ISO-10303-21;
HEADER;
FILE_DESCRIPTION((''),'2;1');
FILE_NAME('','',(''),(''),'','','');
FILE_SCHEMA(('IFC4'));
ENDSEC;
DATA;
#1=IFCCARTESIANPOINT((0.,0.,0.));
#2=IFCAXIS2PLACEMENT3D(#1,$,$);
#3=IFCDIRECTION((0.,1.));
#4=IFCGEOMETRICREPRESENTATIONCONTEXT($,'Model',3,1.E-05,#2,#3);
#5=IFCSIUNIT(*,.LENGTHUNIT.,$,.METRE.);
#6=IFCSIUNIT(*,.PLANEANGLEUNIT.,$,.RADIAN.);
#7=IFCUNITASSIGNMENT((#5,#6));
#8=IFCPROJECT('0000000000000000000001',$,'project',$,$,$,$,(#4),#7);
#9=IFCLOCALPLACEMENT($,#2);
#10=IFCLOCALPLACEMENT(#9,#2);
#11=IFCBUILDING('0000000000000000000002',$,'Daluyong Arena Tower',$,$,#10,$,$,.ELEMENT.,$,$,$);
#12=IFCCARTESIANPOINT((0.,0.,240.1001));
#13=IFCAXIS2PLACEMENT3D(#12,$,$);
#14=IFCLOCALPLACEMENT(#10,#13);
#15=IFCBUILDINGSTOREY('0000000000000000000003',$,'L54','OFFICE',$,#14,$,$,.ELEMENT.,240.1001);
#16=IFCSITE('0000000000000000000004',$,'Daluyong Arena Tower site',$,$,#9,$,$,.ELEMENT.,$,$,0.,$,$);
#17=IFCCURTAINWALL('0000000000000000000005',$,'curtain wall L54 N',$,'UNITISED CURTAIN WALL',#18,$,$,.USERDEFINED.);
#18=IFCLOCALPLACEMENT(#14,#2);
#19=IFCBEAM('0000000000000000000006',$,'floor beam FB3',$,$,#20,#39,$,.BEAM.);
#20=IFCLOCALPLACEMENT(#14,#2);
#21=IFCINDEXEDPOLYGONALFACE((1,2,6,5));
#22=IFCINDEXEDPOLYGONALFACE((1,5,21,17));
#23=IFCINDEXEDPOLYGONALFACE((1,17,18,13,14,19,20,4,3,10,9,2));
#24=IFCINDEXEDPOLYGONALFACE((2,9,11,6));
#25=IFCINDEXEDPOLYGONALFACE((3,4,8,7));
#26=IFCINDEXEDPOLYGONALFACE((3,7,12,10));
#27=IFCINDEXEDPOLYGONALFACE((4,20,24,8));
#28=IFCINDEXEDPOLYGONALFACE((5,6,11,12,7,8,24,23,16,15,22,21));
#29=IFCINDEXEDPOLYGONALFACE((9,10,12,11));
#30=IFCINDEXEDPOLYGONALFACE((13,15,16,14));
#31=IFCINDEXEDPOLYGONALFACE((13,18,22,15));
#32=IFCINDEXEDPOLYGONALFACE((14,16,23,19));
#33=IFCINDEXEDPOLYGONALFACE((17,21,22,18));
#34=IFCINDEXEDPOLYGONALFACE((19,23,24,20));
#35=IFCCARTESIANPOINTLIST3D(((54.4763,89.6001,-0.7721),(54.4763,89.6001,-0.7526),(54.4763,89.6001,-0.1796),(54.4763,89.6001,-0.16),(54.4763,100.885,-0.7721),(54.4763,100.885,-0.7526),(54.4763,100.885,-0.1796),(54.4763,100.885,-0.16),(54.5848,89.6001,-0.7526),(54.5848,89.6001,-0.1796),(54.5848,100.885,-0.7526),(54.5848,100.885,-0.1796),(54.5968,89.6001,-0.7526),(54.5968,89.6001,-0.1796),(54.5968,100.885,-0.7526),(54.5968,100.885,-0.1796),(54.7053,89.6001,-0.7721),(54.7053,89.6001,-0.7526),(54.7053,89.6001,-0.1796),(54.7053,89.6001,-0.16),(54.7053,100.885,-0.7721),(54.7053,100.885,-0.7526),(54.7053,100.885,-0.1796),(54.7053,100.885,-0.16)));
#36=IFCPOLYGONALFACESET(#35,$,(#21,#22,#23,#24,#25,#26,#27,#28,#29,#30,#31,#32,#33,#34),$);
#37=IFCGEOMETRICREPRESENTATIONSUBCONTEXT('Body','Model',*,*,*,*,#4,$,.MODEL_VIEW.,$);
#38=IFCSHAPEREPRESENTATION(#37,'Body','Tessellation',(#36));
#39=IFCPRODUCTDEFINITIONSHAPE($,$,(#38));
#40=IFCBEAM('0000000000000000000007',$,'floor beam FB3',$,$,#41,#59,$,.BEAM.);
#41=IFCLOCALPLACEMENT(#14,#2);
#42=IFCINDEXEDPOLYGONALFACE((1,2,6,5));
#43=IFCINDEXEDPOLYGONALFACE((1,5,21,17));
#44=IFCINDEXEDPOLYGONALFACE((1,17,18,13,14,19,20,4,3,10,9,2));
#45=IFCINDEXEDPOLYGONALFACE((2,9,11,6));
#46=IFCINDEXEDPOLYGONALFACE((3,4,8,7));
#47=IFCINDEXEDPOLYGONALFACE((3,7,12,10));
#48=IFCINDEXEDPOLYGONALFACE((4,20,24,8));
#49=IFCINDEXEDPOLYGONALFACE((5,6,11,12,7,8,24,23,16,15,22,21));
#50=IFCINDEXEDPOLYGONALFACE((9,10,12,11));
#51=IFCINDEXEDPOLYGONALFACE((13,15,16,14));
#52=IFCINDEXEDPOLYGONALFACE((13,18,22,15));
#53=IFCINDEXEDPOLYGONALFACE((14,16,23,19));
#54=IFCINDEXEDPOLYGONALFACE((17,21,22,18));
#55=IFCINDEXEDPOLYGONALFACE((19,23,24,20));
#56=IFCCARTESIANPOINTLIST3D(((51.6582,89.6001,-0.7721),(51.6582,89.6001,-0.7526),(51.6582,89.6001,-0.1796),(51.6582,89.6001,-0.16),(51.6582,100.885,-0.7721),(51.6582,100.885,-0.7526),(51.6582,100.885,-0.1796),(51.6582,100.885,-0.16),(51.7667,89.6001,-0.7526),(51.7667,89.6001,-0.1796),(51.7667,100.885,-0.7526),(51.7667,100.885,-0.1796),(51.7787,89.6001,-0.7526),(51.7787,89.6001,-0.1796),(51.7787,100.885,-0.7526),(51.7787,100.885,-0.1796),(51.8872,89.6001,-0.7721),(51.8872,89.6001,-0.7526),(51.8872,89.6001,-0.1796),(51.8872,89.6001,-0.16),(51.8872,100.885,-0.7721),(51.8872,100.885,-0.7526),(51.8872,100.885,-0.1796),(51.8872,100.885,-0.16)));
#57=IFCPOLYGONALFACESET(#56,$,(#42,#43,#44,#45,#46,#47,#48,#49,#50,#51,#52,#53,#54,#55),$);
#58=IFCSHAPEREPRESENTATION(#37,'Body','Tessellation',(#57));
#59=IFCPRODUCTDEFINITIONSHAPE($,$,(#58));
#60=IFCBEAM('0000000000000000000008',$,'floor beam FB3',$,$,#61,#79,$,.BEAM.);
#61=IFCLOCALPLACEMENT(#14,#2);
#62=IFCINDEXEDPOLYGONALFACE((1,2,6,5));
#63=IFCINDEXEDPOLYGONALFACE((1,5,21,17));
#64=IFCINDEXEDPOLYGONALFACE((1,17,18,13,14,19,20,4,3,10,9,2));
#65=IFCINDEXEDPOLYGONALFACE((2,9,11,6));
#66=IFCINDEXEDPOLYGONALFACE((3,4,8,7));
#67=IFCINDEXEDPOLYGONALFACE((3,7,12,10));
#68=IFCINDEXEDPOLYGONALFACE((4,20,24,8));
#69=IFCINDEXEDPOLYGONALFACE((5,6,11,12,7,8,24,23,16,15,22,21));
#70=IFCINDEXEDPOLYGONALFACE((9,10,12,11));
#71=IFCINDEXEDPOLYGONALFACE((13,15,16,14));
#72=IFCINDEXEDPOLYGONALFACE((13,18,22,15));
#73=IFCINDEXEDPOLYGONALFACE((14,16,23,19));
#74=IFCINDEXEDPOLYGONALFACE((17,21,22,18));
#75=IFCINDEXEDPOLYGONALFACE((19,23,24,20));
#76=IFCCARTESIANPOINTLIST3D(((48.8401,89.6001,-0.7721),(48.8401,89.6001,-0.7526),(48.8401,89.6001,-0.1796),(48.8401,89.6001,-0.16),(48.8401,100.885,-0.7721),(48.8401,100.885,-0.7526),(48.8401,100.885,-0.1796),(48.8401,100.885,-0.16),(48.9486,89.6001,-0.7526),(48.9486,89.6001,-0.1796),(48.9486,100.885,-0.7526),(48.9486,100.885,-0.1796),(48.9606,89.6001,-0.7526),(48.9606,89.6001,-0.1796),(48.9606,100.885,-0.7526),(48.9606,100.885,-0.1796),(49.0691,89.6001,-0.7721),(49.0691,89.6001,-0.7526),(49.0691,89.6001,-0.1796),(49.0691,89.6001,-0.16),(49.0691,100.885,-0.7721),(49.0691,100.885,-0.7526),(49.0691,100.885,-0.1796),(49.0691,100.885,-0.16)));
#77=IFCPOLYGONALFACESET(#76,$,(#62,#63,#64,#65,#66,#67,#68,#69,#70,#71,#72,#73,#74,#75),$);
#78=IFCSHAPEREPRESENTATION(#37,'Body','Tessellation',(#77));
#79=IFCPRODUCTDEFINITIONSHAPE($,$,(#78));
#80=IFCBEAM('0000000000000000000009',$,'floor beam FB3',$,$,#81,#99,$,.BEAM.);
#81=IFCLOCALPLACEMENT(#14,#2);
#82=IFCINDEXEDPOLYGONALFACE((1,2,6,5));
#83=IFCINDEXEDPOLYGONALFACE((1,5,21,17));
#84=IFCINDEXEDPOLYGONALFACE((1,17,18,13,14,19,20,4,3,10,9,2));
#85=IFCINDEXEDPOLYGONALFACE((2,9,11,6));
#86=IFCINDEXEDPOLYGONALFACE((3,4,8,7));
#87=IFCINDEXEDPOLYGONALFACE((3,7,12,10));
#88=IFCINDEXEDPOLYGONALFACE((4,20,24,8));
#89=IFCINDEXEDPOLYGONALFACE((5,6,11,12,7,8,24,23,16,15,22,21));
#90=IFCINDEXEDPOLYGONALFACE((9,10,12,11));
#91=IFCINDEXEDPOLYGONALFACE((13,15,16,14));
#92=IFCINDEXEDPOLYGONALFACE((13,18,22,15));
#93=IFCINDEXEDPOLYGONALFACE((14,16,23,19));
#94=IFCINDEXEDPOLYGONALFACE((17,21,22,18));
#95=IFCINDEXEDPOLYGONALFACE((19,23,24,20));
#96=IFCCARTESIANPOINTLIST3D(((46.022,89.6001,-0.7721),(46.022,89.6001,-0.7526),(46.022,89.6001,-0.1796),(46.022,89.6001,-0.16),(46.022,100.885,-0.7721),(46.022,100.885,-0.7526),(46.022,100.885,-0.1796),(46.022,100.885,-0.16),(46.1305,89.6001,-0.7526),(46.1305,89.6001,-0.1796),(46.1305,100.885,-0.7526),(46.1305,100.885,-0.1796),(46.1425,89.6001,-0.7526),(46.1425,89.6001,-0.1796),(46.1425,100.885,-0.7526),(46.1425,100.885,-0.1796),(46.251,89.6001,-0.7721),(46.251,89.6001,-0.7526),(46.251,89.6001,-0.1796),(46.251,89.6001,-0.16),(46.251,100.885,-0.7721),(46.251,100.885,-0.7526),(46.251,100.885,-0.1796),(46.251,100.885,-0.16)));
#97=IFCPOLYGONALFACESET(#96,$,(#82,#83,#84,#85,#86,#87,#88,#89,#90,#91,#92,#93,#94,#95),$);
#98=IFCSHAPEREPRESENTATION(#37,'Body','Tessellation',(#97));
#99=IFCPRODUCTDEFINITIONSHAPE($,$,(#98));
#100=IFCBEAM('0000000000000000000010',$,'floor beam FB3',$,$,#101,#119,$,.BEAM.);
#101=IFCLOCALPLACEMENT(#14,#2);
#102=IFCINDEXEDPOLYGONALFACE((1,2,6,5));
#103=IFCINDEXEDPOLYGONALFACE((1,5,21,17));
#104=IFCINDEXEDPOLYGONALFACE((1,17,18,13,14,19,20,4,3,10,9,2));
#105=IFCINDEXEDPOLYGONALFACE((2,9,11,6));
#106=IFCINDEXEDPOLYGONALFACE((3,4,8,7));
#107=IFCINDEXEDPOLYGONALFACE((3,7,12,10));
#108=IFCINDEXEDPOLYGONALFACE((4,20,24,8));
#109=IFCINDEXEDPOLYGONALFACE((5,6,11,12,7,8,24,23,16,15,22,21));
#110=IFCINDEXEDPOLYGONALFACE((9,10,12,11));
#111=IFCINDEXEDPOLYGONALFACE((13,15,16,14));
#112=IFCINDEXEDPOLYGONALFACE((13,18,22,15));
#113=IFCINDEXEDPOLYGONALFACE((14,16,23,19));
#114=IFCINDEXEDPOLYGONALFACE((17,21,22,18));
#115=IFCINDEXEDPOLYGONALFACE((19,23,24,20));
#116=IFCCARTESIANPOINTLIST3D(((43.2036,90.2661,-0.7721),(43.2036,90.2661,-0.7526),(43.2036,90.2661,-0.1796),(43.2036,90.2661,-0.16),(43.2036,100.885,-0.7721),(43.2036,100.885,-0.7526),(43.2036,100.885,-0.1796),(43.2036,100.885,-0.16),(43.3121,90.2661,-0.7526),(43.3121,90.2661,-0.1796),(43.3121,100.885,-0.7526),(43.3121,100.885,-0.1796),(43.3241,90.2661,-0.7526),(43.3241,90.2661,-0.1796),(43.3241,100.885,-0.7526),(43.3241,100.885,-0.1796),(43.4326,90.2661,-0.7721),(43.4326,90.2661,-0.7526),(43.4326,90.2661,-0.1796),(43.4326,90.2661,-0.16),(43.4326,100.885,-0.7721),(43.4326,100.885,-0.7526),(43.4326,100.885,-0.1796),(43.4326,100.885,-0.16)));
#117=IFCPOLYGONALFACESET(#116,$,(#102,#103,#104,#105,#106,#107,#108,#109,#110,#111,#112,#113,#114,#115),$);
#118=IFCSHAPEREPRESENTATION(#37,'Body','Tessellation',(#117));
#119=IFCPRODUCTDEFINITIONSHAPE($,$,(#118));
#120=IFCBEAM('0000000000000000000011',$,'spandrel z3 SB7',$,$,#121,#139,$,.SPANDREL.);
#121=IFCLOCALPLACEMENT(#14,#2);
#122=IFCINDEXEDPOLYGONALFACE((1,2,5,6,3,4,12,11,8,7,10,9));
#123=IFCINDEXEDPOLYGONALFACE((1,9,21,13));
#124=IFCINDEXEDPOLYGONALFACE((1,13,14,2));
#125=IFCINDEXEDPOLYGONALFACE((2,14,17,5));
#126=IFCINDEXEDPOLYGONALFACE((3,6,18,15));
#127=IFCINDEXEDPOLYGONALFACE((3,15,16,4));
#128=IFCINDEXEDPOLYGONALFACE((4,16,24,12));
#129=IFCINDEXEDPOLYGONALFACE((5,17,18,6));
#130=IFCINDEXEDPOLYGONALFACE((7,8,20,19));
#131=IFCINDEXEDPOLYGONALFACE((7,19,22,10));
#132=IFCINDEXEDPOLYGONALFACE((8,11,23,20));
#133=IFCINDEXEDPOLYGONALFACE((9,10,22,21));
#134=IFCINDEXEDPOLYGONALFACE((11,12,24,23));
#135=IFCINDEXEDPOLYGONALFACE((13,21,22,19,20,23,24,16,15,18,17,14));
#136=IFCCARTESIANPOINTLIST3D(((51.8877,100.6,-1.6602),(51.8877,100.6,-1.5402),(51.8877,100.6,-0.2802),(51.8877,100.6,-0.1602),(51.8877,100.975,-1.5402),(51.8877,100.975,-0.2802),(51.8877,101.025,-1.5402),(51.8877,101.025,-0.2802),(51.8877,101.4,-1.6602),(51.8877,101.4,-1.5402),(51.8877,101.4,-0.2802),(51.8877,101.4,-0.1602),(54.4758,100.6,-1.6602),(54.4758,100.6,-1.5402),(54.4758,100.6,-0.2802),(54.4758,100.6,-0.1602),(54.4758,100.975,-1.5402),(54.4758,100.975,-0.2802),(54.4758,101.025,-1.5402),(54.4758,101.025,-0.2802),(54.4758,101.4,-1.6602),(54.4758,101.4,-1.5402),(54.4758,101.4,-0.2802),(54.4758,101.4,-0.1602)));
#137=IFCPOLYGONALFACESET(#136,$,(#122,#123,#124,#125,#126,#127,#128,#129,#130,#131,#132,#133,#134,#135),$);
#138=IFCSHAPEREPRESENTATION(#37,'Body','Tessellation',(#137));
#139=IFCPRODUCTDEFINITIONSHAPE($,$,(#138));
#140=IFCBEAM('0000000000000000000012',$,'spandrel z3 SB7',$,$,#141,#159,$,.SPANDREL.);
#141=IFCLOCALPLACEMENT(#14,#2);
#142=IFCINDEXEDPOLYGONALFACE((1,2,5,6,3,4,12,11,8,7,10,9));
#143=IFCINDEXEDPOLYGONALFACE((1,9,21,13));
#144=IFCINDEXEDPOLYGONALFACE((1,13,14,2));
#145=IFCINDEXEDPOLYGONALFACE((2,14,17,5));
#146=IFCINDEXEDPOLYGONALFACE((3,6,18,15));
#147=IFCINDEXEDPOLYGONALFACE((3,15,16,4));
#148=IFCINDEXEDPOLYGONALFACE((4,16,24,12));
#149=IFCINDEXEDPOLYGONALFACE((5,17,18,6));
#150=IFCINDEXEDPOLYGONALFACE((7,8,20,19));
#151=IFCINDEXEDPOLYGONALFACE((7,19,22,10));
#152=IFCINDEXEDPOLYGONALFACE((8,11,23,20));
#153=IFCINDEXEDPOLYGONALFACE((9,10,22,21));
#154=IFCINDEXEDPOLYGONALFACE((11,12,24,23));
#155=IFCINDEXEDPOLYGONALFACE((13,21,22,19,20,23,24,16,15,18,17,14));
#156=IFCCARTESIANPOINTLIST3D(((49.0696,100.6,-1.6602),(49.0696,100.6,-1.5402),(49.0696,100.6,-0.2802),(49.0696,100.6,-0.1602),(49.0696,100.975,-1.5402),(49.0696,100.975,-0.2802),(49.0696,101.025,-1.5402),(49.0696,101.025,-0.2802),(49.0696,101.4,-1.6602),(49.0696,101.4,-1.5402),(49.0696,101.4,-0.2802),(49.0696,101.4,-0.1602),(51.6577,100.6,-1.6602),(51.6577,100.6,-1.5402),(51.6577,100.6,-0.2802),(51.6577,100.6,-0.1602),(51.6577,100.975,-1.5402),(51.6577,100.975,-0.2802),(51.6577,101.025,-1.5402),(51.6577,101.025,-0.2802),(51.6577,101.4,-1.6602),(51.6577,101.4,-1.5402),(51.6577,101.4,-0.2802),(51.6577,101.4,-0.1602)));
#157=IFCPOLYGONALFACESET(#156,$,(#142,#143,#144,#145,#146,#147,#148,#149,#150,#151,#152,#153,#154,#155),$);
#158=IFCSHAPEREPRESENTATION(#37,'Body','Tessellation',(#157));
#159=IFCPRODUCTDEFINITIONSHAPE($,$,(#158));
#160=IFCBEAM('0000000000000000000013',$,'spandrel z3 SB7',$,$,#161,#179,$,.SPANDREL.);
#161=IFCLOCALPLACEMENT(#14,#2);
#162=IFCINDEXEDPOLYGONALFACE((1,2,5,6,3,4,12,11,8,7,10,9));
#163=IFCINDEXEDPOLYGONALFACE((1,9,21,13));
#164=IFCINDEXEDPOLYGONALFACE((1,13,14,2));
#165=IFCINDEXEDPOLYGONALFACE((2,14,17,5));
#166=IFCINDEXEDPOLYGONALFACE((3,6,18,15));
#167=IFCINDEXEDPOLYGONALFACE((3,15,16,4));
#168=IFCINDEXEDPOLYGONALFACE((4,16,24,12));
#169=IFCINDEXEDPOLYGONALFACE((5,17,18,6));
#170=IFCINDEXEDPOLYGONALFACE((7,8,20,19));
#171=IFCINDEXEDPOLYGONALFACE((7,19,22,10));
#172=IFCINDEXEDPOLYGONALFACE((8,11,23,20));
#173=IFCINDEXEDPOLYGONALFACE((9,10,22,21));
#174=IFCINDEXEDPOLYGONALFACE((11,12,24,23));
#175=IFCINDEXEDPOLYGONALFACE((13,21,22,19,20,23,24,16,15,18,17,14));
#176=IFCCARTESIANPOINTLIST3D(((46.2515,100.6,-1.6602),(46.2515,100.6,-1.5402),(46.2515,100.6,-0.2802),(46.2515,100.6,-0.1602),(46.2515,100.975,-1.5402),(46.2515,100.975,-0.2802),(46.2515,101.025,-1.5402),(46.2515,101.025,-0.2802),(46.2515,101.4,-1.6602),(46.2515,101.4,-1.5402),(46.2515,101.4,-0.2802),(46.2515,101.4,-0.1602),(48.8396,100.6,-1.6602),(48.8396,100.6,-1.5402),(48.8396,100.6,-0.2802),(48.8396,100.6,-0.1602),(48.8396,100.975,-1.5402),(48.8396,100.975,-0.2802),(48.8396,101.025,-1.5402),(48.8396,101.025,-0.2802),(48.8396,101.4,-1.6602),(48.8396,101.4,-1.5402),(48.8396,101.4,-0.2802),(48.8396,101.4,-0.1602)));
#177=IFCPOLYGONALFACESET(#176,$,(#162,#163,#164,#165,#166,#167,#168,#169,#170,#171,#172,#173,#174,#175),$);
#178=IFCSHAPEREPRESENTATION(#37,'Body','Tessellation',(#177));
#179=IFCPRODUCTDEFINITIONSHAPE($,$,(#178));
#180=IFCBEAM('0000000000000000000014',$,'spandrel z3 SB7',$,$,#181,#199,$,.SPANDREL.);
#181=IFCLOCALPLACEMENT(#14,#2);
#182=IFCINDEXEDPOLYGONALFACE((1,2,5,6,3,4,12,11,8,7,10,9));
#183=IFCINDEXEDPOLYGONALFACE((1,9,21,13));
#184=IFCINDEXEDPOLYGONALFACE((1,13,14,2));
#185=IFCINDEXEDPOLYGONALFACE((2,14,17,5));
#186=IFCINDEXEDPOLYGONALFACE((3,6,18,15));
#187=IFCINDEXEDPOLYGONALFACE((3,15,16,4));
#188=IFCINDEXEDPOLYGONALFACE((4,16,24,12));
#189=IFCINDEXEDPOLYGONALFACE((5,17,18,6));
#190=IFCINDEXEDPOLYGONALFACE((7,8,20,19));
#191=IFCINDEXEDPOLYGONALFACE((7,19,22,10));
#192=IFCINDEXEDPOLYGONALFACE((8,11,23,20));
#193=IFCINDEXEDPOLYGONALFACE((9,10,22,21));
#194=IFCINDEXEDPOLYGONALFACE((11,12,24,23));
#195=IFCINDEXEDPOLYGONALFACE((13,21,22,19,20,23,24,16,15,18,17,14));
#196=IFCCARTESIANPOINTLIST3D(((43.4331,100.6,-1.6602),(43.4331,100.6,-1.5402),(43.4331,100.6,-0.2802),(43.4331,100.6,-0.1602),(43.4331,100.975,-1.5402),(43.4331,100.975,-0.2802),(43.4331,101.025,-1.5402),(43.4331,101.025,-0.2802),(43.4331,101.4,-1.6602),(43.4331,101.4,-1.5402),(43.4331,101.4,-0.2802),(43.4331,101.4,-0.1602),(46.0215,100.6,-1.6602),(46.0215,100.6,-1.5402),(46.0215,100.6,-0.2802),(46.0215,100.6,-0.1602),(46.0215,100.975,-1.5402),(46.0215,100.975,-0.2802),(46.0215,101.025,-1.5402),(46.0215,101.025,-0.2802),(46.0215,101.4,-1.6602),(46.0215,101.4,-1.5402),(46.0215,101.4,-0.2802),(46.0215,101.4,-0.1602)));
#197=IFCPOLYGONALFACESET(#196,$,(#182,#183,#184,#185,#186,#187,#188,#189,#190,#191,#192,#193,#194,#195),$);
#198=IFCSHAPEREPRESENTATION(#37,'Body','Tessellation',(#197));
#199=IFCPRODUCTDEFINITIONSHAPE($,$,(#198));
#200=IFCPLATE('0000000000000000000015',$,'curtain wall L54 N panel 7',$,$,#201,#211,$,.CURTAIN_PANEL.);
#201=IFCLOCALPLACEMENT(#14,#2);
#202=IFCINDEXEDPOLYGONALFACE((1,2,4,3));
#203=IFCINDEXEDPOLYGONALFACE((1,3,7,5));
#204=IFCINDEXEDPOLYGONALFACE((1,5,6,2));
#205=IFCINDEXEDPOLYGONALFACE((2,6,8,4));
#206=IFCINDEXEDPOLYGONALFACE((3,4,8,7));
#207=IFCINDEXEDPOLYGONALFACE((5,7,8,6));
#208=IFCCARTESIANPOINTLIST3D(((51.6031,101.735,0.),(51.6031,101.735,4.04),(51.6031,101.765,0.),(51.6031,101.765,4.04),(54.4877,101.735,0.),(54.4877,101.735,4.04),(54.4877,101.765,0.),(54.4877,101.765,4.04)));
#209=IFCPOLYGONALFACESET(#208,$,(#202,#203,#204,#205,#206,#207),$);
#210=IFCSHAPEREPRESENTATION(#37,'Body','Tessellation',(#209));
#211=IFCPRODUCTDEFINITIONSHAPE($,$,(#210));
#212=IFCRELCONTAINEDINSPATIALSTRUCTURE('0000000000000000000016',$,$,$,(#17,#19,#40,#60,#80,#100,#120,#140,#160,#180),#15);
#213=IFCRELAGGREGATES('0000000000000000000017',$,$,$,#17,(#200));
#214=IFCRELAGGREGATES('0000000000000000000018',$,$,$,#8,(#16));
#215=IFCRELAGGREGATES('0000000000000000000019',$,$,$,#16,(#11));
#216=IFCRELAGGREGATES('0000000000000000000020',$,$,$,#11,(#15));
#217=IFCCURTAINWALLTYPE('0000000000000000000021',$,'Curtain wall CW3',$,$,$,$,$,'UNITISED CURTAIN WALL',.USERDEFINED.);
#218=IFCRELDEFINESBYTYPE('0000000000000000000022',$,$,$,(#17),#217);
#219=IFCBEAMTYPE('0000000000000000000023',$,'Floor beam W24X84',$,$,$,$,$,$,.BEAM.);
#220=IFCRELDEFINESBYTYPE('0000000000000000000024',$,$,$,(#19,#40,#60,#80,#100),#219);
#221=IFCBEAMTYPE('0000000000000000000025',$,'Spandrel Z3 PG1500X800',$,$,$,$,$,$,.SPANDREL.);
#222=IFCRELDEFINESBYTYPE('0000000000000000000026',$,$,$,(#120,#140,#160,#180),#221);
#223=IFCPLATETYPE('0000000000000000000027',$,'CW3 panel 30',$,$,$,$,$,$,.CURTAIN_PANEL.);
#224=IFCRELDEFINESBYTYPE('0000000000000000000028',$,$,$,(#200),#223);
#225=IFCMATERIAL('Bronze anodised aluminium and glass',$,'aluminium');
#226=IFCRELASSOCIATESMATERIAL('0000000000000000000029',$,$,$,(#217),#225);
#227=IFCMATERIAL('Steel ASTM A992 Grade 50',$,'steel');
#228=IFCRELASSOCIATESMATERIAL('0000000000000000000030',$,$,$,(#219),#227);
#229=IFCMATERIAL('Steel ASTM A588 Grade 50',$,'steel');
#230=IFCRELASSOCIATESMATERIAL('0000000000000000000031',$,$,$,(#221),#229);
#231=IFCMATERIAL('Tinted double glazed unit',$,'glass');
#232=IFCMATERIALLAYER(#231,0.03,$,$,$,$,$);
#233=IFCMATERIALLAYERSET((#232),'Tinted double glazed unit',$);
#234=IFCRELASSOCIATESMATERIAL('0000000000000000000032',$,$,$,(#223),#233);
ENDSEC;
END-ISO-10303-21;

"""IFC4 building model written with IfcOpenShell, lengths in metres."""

from ifc_helpers import new_model, si_unit, direction, frame, origin, origin_2d, place, context, subcontext, project, spatial, rectangle, i_section, extrude, material, layer, layer_set, material_profile, profile_set, type_object, element, aggregate, save


model = new_model("IFC4")

# Units and contexts
model_context = context("Model", 3, precision=1e-05, world=origin(), true_north=direction((0.0, 1.0)))
body_context = subcontext(model_context, "Body", "Model", "MODEL_VIEW")
ifc_project = project(units=[si_unit("LENGTHUNIT", "METRE"), si_unit("PLANEANGLEUNIT", "RADIAN")], contexts=[model_context])

# Site, building, storey
site_placement = place(None, origin())
site = spatial("IfcSite", under=ifc_project, at=site_placement, Name="Daluyong Arena Tower site", CompositionType="ELEMENT", RefElevation=0.0)
building_placement = place(site_placement, origin())
building = spatial("IfcBuilding", under=site, at=building_placement, Name="Daluyong Arena Tower", CompositionType="ELEMENT")
storey_placement = place(building_placement, frame((0.0, 0.0, 240.1001)))
storey = spatial("IfcBuildingStorey", under=building, at=storey_placement, Name="L54", Description="OFFICE", CompositionType="ELEMENT", Elevation=240.1001)

# Curtain wall
ifc_material_1 = material(Name="Bronze anodised aluminium and glass", Category="aluminium")
curtain_wall_type = type_object("IfcCurtainWallType", Name="Curtain wall CW3", ElementType="UNITISED CURTAIN WALL", PredefinedType="USERDEFINED", material=ifc_material_1)
curtain_wall_placement = place(storey_placement, origin())
curtain_wall = element("IfcCurtainWall", 1, at=curtain_wall_placement, inside=storey, type_object=curtain_wall_type, Name="curtain wall L54 N", ObjectType="UNITISED CURTAIN WALL", PredefinedType="USERDEFINED")

# Beams
ifc_material_2 = material(Name="Steel ASTM A992 Grade 50", Category="steel")
ifc_material_profile_1 = material_profile(ifc_material_2, i_section(OverallWidth=0.229, OverallDepth=0.6121, WebThickness=0.012, FlangeThickness=0.0195, at=origin_2d()))
ifc_profile_set_1 = profile_set([ifc_material_profile_1], Name="Steel ASTM A992 Grade 50")
beam_type_1 = type_object("IfcBeamType", Name="Floor beam W24X84", PredefinedType="BEAM", material=ifc_profile_set_1)
for number, where, z_axis, x_axis, name in (
    (2, (54.5908, 100.885, -0.4661), (0.0, -1.0, 0.0), (1.0, 0.0, 0.0), "floor beam FB3"),
    (3, (51.7727, 100.885, -0.4661), (0.0, -1.0, 0.0), (1.0, 0.0, 0.0), "floor beam FB3"),
    (4, (48.9546, 100.885, -0.4661), (0.0, -1.0, 0.0), (1.0, 0.0, 0.0), "floor beam FB3"),
    (5, (46.1365, 100.885, -0.4661), (0.0, -1.0, 0.0), (1.0, 0.0, 0.0), "floor beam FB3"),
):
    element("IfcBeam", number, at=place(storey_placement, frame(where, z_axis=z_axis, x_axis=x_axis)), inside=storey, type_object=beam_type_1, Name=name, PredefinedType="BEAM", context=body_context, shape_type="SweptSolid", body=[
        extrude(i_section(OverallWidth=0.229, OverallDepth=0.6121, WebThickness=0.012, FlangeThickness=0.0195, at=origin_2d()), origin(), (0.0, 0.0, 1.0), 11.2849),
    ])
beam_1_placement = place(storey_placement, frame((43.3181, 100.885, -0.4661), z_axis=(0.0, -1.0, 0.0), x_axis=(1.0, 0.0, 0.0)))
element("IfcBeam", 6, at=beam_1_placement, inside=storey, type_object=beam_type_1, Name="floor beam FB3", PredefinedType="BEAM", context=body_context, shape_type="SweptSolid", body=[
    extrude(i_section(OverallWidth=0.229, OverallDepth=0.6121, WebThickness=0.012, FlangeThickness=0.0195, at=origin_2d()), origin(), (0.0, 0.0, 1.0), 10.6189),
])
ifc_material_3 = material(Name="Steel ASTM A588 Grade 50", Category="steel")
ifc_material_profile_2 = material_profile(ifc_material_3, i_section(OverallWidth=0.8, OverallDepth=1.5, WebThickness=0.05, FlangeThickness=0.12, at=origin_2d()))
ifc_profile_set_2 = profile_set([ifc_material_profile_2], Name="Steel ASTM A588 Grade 50")
beam_type_2 = type_object("IfcBeamType", Name="Spandrel Z3 PG1500X800", PredefinedType="SPANDREL", material=ifc_profile_set_2)
for number, where, z_axis, x_axis, name in (
    (7, (54.4758, 101.0, -0.9102), (-1.0, 0.0, 0.0), (0.0, -1.0, 0.0), "spandrel z3 SB7"),
    (8, (51.6577, 101.0, -0.9102), (-1.0, 0.0, 0.0), (0.0, -1.0, 0.0), "spandrel z3 SB7"),
    (9, (48.8396, 101.0, -0.9102), (-1.0, 0.0, 0.0), (0.0, -1.0, 0.0), "spandrel z3 SB7"),
):
    element("IfcBeam", number, at=place(storey_placement, frame(where, z_axis=z_axis, x_axis=x_axis)), inside=storey, type_object=beam_type_2, Name=name, PredefinedType="SPANDREL", context=body_context, shape_type="SweptSolid", body=[
        extrude(i_section(OverallWidth=0.8, OverallDepth=1.5, WebThickness=0.05, FlangeThickness=0.12, at=origin_2d()), origin(), (0.0, 0.0, 1.0), 2.5881),
    ])
beam_2_placement = place(storey_placement, frame((46.0215, 101.0, -0.9102), z_axis=(-1.0, 0.0, 0.0), x_axis=(0.0, -1.0, 0.0)))
element("IfcBeam", 10, at=beam_2_placement, inside=storey, type_object=beam_type_2, Name="spandrel z3 SB7", PredefinedType="SPANDREL", context=body_context, shape_type="SweptSolid", body=[
    extrude(i_section(OverallWidth=0.8, OverallDepth=1.5, WebThickness=0.05, FlangeThickness=0.12, at=origin_2d()), origin(), (0.0, 0.0, 1.0), 2.5884),
])

# Plate
ifc_material_4 = material(Name="Tinted double glazed unit", Category="glass")
ifc_layer_1 = layer(ifc_material_4, 0.03)
ifc_layer_set_1 = layer_set([ifc_layer_1], Name="Tinted double glazed unit")
plate_type = type_object("IfcPlateType", Name="CW3 panel 30", PredefinedType="CURTAIN_PANEL", material=ifc_layer_set_1)
plate_1_placement = place(storey_placement, frame((53.0454, 101.75, 0.0), z_axis=(0.0, 0.0, 1.0), x_axis=(-1.0, 0.0, 0.0)))
plate_1 = element("IfcPlate", 11, at=plate_1_placement, type_object=plate_type, Name="curtain wall L54 N panel 7", PredefinedType="CURTAIN_PANEL", context=body_context, shape_type="SweptSolid", body=[
    extrude(rectangle(XDim=2.8845, YDim=0.03, at=origin_2d()), origin(), (0.0, 0.0, 1.0), 4.04),
])
aggregate(curtain_wall, [plate_1])

save(model, "model.ifc")
